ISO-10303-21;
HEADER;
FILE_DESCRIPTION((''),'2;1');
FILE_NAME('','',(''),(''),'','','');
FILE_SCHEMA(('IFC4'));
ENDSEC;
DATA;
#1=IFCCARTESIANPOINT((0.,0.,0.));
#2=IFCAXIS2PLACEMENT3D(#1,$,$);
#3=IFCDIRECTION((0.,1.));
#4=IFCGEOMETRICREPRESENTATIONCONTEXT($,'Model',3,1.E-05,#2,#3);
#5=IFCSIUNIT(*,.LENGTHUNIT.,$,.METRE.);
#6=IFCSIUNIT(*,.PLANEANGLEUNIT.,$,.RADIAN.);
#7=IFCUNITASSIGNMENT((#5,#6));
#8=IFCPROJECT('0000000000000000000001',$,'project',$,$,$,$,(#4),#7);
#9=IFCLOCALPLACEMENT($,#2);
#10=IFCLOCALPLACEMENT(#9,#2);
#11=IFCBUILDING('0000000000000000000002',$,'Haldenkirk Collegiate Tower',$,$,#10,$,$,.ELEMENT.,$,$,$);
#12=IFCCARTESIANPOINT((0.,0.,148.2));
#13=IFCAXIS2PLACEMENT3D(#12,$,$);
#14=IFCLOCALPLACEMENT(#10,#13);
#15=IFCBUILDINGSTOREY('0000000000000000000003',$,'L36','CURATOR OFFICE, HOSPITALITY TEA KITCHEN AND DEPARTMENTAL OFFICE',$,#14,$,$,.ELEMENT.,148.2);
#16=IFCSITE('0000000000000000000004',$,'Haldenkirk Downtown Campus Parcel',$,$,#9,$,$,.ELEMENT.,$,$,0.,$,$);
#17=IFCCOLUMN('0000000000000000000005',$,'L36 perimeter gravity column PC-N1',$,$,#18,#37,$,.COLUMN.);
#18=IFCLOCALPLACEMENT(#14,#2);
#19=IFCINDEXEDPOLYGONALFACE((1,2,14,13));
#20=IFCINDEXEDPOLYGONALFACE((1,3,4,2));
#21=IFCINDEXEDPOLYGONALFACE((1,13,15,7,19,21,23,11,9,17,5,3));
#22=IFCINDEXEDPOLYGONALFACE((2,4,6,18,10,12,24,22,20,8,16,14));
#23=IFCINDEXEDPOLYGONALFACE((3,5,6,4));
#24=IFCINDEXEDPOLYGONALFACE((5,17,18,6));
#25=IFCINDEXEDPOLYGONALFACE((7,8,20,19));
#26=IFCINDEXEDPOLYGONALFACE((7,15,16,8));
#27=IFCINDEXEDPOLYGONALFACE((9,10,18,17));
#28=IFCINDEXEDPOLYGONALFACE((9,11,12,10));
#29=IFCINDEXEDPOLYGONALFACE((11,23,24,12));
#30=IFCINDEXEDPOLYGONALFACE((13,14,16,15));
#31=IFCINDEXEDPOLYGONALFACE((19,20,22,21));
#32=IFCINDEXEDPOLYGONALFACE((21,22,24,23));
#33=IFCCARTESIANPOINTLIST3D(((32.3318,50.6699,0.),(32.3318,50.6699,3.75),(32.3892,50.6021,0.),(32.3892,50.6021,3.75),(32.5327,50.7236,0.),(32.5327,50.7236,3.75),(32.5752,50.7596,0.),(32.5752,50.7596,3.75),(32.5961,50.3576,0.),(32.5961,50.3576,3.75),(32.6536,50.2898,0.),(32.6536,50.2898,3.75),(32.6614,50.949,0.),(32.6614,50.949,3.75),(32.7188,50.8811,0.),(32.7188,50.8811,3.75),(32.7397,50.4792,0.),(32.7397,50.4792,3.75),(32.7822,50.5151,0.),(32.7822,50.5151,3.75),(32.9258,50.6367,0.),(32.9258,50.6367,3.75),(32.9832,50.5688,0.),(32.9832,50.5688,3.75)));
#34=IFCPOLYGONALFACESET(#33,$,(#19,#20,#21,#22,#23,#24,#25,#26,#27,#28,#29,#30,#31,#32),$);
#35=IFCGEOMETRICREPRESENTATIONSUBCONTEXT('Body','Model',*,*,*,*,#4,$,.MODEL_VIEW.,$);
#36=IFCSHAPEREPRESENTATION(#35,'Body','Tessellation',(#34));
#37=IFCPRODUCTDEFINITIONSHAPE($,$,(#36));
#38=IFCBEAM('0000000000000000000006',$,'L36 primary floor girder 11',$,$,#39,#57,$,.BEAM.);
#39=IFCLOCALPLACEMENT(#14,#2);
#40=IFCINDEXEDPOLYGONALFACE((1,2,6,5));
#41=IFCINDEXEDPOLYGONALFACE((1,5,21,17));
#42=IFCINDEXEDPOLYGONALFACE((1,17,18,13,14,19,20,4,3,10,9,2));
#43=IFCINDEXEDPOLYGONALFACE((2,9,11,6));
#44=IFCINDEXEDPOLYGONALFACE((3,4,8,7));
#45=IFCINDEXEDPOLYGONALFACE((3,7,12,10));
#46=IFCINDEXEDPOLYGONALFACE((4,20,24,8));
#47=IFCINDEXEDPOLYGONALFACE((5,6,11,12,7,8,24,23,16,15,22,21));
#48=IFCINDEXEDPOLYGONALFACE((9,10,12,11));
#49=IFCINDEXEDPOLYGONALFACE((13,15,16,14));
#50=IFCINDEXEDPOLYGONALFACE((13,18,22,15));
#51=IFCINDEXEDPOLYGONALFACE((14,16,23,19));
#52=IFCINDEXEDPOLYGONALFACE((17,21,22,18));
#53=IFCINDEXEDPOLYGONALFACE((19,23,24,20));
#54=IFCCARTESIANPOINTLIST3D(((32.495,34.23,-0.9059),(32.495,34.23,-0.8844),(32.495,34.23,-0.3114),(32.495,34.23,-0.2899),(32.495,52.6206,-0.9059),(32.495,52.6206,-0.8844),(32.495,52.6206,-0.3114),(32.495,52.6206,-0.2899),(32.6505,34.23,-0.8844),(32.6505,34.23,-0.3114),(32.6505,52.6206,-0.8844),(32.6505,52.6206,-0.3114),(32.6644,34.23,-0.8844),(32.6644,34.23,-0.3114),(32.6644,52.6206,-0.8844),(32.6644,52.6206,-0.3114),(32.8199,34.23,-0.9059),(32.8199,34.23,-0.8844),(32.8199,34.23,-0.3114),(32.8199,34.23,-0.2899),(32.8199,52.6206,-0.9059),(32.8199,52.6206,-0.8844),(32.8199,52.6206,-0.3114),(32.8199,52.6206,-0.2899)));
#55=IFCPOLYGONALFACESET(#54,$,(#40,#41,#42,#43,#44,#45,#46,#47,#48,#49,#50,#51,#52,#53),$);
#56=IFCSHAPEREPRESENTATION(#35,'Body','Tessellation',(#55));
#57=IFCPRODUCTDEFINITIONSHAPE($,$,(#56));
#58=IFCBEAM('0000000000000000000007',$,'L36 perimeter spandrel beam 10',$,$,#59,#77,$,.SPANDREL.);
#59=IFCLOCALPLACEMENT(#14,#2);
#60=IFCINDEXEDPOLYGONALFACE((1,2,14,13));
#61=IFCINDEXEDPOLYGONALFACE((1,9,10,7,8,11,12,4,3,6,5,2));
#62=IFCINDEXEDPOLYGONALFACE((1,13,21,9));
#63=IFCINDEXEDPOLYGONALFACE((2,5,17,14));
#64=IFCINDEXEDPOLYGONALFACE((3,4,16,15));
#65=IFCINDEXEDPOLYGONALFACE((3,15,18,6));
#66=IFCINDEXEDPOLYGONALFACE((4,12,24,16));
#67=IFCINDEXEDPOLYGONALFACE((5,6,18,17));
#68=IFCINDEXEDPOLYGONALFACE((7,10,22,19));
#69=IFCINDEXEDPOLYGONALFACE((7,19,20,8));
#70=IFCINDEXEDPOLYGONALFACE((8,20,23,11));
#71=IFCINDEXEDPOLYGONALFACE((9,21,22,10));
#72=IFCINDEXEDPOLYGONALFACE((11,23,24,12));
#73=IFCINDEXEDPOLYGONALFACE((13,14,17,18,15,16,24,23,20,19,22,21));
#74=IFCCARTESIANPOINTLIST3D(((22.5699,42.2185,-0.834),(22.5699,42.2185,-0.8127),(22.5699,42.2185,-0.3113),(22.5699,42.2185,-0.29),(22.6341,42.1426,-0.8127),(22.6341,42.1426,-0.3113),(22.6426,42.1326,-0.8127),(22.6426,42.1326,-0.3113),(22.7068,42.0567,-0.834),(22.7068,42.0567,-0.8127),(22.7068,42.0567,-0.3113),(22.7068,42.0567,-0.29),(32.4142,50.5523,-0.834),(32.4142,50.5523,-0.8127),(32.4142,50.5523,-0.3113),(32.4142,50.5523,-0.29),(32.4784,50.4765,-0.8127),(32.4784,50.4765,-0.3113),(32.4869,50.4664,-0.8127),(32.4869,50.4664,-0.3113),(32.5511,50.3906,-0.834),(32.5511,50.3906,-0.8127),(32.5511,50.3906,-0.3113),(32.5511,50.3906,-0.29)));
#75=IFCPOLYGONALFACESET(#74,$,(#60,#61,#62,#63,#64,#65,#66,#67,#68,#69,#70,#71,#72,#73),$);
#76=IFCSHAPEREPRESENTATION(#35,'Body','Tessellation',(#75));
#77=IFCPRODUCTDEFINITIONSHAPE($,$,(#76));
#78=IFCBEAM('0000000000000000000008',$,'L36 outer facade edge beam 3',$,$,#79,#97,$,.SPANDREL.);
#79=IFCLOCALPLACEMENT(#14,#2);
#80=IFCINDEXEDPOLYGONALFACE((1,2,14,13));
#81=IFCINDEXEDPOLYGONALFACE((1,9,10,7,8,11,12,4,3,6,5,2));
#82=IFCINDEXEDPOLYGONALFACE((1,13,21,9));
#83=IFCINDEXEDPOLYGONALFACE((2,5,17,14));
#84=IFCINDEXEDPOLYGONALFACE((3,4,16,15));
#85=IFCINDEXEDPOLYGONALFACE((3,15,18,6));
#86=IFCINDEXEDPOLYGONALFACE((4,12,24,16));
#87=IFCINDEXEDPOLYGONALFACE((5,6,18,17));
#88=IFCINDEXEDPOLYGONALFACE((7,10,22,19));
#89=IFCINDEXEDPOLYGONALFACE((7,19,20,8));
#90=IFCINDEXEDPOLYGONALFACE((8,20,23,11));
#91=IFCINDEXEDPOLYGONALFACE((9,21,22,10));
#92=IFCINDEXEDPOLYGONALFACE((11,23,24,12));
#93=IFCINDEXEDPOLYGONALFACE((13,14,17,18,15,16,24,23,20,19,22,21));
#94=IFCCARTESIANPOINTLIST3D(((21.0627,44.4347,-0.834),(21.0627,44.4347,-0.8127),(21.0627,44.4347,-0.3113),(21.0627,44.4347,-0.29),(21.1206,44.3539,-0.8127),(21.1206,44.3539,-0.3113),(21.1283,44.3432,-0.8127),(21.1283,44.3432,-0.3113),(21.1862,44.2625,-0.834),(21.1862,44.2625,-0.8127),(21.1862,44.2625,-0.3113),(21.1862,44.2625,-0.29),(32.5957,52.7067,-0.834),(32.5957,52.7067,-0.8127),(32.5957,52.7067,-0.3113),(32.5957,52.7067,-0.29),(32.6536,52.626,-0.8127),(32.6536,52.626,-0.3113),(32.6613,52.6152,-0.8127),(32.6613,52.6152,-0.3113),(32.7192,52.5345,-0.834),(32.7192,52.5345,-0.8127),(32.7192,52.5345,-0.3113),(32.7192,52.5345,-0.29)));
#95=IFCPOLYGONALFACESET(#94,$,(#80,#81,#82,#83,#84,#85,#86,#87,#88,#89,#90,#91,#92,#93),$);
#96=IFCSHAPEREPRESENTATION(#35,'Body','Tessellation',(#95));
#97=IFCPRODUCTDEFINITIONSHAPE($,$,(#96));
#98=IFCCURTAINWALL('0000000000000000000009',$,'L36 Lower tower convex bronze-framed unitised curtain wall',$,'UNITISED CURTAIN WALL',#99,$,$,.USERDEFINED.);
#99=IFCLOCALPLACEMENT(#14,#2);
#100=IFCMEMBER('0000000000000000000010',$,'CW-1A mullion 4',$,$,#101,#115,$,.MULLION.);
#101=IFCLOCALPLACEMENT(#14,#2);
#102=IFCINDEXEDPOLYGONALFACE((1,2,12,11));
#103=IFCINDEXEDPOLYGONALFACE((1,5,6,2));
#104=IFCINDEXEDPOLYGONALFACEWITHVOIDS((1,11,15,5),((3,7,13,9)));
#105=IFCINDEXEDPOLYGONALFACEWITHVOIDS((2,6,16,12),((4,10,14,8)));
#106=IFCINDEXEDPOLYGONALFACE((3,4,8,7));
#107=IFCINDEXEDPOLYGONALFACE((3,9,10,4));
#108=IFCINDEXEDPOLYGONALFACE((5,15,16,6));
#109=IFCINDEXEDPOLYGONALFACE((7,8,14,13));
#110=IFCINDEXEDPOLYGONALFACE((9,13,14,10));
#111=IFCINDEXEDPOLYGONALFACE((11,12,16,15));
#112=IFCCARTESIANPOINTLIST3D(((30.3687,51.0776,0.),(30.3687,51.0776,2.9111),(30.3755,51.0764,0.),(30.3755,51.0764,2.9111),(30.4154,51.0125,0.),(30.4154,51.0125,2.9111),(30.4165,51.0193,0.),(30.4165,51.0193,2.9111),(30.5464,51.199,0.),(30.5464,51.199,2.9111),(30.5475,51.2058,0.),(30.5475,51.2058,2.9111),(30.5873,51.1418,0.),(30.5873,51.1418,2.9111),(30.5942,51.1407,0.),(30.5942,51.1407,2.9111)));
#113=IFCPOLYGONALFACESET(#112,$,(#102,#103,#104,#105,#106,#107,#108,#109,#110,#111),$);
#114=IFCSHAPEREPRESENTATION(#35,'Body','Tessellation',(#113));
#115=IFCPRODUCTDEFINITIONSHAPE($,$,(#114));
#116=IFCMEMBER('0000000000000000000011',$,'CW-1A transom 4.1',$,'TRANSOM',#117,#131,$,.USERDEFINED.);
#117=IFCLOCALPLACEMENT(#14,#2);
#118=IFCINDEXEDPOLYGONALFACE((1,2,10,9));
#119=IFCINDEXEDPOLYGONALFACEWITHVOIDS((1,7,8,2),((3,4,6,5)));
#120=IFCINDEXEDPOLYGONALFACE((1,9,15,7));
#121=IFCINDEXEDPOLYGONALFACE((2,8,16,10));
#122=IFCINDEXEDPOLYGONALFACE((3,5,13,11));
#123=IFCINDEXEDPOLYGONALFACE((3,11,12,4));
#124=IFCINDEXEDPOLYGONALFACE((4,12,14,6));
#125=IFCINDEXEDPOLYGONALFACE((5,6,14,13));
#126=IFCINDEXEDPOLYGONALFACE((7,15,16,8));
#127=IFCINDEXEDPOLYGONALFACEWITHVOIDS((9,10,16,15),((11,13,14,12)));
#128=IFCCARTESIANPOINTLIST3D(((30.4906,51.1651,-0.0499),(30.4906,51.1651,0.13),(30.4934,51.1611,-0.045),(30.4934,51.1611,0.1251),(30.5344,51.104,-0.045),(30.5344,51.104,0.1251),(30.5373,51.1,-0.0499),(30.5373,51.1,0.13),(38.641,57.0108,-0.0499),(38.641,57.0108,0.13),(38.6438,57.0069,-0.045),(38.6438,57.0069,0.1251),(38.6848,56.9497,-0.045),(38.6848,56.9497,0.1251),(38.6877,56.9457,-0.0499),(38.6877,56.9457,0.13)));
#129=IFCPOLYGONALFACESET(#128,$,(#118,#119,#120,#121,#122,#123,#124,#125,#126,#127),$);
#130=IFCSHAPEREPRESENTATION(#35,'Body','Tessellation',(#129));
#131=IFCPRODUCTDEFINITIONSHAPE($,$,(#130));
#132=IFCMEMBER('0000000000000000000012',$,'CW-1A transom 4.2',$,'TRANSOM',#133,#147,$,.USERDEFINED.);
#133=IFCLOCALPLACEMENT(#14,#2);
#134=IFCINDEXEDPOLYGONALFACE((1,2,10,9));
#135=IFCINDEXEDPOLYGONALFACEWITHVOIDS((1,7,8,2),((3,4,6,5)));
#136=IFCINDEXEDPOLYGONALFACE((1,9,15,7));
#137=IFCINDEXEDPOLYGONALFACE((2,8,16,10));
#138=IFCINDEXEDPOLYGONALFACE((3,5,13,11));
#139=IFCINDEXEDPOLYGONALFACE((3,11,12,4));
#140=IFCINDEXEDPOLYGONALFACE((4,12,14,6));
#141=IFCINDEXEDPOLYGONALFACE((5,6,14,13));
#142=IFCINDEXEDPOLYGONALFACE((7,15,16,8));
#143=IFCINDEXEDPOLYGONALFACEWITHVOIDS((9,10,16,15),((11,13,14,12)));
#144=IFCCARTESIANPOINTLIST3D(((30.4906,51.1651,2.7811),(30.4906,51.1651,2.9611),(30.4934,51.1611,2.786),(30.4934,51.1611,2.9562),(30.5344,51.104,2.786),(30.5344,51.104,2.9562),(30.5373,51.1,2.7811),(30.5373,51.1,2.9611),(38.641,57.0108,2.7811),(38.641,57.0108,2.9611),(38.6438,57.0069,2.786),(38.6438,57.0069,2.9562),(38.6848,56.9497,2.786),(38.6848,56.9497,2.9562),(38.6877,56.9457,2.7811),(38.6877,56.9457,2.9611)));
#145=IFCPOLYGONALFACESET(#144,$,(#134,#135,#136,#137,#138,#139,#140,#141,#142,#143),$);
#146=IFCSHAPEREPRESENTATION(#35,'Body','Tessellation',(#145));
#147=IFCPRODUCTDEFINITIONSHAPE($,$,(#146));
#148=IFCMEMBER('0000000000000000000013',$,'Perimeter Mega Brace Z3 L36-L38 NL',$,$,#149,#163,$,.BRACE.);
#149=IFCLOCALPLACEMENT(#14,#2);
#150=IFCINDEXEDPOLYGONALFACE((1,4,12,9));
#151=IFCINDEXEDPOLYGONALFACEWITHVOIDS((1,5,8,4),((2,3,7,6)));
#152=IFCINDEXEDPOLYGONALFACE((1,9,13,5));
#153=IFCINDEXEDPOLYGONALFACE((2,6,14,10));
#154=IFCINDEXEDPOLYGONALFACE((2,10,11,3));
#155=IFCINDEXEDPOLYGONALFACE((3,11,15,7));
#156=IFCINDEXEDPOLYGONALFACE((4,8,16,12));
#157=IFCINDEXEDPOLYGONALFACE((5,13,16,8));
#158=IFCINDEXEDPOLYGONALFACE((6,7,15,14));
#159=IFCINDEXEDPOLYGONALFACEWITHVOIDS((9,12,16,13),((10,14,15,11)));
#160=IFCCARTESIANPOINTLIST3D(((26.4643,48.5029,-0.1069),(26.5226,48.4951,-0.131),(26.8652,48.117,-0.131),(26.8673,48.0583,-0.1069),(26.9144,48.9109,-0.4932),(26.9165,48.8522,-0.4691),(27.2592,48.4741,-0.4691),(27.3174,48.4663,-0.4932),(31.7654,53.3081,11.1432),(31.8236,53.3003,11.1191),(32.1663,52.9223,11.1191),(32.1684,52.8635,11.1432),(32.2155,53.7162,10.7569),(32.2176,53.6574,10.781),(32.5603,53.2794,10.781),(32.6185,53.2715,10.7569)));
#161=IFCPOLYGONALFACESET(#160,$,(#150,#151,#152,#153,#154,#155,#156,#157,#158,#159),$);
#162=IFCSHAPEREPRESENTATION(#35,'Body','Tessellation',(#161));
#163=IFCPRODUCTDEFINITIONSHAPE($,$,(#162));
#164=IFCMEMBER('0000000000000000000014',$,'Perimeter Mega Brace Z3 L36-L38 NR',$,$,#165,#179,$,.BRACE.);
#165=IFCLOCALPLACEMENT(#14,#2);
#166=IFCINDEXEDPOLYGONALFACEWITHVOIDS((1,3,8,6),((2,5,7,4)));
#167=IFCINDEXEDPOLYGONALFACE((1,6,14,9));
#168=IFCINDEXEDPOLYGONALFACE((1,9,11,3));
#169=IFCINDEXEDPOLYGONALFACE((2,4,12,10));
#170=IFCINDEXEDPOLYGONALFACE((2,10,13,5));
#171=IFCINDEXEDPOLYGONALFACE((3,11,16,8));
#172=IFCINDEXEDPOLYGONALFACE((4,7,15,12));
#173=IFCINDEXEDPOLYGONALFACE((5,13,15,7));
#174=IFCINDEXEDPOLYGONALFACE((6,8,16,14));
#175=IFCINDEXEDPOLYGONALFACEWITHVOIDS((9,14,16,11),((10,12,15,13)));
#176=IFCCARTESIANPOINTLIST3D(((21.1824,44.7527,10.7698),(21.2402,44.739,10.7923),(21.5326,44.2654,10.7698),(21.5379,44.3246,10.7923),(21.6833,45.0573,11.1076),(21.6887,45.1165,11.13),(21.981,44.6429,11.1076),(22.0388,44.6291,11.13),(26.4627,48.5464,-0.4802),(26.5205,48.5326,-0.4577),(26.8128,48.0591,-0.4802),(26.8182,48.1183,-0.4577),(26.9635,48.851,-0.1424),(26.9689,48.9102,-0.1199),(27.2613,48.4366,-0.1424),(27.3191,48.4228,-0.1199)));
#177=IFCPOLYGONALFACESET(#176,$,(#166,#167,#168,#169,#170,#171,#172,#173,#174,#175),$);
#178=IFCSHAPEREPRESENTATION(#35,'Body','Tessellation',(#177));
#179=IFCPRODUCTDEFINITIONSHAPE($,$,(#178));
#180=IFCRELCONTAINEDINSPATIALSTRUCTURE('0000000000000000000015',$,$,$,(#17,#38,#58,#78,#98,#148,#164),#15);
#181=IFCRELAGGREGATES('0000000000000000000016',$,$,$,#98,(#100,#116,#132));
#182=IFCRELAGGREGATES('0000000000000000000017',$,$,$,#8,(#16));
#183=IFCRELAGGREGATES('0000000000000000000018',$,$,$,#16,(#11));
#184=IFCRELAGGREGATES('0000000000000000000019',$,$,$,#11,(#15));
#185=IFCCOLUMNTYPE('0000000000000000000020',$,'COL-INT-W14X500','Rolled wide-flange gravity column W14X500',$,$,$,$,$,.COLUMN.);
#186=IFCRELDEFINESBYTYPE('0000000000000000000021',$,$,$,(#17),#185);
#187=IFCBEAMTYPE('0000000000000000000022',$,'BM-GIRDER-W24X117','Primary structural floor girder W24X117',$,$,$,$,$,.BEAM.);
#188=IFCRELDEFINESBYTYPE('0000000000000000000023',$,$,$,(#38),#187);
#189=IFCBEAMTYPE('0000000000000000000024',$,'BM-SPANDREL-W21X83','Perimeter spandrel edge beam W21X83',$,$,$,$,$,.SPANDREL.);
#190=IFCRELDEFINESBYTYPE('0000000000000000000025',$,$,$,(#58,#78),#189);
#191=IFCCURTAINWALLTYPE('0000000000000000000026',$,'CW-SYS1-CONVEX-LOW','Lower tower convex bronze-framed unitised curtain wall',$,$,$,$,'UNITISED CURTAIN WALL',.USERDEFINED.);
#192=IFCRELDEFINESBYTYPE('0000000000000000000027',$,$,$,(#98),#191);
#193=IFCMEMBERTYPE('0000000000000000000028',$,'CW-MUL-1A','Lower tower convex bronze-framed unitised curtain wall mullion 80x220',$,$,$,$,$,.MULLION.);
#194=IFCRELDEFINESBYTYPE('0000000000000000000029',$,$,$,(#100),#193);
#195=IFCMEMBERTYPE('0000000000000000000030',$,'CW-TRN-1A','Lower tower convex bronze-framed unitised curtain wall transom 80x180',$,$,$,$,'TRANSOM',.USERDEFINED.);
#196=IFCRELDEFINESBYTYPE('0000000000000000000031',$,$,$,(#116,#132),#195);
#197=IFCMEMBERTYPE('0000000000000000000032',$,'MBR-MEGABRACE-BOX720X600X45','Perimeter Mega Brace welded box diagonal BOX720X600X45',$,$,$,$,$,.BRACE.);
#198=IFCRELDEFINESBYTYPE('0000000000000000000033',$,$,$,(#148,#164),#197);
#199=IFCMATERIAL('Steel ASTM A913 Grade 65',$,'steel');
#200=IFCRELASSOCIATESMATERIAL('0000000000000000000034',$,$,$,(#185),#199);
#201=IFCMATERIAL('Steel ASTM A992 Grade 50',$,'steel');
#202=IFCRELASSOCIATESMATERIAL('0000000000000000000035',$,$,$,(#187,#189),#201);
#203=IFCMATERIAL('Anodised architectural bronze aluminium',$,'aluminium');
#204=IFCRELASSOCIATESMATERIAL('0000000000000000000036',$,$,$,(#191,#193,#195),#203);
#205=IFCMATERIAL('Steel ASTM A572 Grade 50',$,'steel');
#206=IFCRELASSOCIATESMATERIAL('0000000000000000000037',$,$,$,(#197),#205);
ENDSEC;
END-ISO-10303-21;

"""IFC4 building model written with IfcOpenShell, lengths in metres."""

from ifc_helpers import new_model, si_unit, direction, frame, origin, origin_2d, place, context, subcontext, project, spatial, hollow_rectangle, i_section, extrude, material, material_profile, profile_set, type_object, element, aggregate, save


model = new_model("IFC4")

# Units and contexts
model_context = context("Model", 3, precision=1e-05, world=origin(), true_north=direction((0.0, 1.0)))
body_context = subcontext(model_context, "Body", "Model", "MODEL_VIEW")
ifc_project = project(units=[si_unit("LENGTHUNIT", "METRE"), si_unit("PLANEANGLEUNIT", "RADIAN")], contexts=[model_context])

# Site, building, storey
site_placement = place(None, origin())
site = spatial("IfcSite", under=ifc_project, at=site_placement, Name="Haldenkirk Downtown Campus Parcel", CompositionType="ELEMENT", RefElevation=0.0)
building_placement = place(site_placement, origin())
building = spatial("IfcBuilding", under=site, at=building_placement, Name="Haldenkirk Collegiate Tower", CompositionType="ELEMENT")
storey_placement = place(building_placement, frame((0.0, 0.0, 148.2)))
storey = spatial("IfcBuildingStorey", under=building, at=storey_placement, Name="L36", Description="CURATOR OFFICE, HOSPITALITY TEA KITCHEN AND DEPARTMENTAL OFFICE", CompositionType="ELEMENT", Elevation=148.2)

# Column
ifc_material_1 = material(Name="Steel ASTM A913 Grade 65", Category="steel")
ifc_material_profile_1 = material_profile(ifc_material_1, i_section(OverallWidth=0.4319, OverallDepth=0.498, WebThickness=0.0557, FlangeThickness=0.0889, at=origin_2d()), Name="W14X500")
ifc_profile_set_1 = profile_set([ifc_material_profile_1], Name="Steel ASTM A913 Grade 65")
column_type = type_object("IfcColumnType", Name="COL-INT-W14X500", Description="Rolled wide-flange gravity column W14X500", PredefinedType="COLUMN", material=ifc_profile_set_1)
column_placement = place(storey_placement, frame((32.6575, 50.6194, 0.0), z_axis=(0.0, 0.0, 1.0), x_axis=(0.763232, 0.646124, 0.0)))
element("IfcColumn", 1, at=column_placement, inside=storey, type_object=column_type, Name="L36 perimeter gravity column PC-N1", PredefinedType="COLUMN", context=body_context, shape_type="SweptSolid", body=[
    extrude(i_section(OverallWidth=0.4319, OverallDepth=0.498, WebThickness=0.0557, FlangeThickness=0.0889, at=origin_2d()), origin(), (0.0, 0.0, 1.0), 3.75),
])

# Beams
ifc_material_2 = material(Name="Steel ASTM A992 Grade 50", Category="steel")
ifc_material_profile_2 = material_profile(ifc_material_2, i_section(OverallWidth=0.325, OverallDepth=0.616, WebThickness=0.0139, FlangeThickness=0.0215, at=origin_2d()), Name="W24X117")
ifc_profile_set_2 = profile_set([ifc_material_profile_2], Name="Steel ASTM A992 Grade 50")
beam_type_1 = type_object("IfcBeamType", Name="BM-GIRDER-W24X117", Description="Primary structural floor girder W24X117", PredefinedType="BEAM", material=ifc_profile_set_2)
beam_1_placement = place(storey_placement, frame((32.6575, 52.6206, -0.5979), z_axis=(0.0, -1.0, 0.0), x_axis=(1.0, 0.0, 0.0)))
element("IfcBeam", 2, at=beam_1_placement, inside=storey, type_object=beam_type_1, Name="L36 primary floor girder 11", PredefinedType="BEAM", context=body_context, shape_type="SweptSolid", body=[
    extrude(i_section(OverallWidth=0.325, OverallDepth=0.616, WebThickness=0.0139, FlangeThickness=0.0215, at=origin_2d()), origin(), (0.0, 0.0, 1.0), 18.3906),
])
ifc_material_profile_3 = material_profile(ifc_material_2, i_section(OverallWidth=0.2119, OverallDepth=0.5439, WebThickness=0.0132, FlangeThickness=0.0212, at=origin_2d()), Name="W21X83")
ifc_profile_set_3 = profile_set([ifc_material_profile_3], Name="Steel ASTM A992 Grade 50")
beam_type_2 = type_object("IfcBeamType", Name="BM-SPANDREL-W21X83", Description="Perimeter spandrel edge beam W21X83", PredefinedType="SPANDREL", material=ifc_profile_set_3)
beam_2_placement = place(storey_placement, frame((32.4827, 50.4714, -0.562), z_axis=(-0.763233, -0.646123, 0.0), x_axis=(0.646123, -0.763233, 0.0)))
element("IfcBeam", 3, at=beam_2_placement, inside=storey, type_object=beam_type_2, Name="L36 perimeter spandrel beam 10", PredefinedType="SPANDREL", context=body_context, shape_type="SweptSolid", body=[
    extrude(i_section(OverallWidth=0.2119, OverallDepth=0.5439, WebThickness=0.0132, FlangeThickness=0.0212, at=origin_2d()), origin(), (0.0, 0.0, 1.0), 12.8982),
])
beam_3_placement = place(storey_placement, frame((32.6575, 52.6206, -0.562), z_axis=(-0.812594, -0.58283, 0.0), x_axis=(0.58283, -0.812594, 0.0)))
element("IfcBeam", 4, at=beam_3_placement, inside=storey, type_object=beam_type_2, Name="L36 outer facade edge beam 3", PredefinedType="SPANDREL", context=body_context, shape_type="SweptSolid", body=[
    extrude(i_section(OverallWidth=0.2119, OverallDepth=0.5439, WebThickness=0.0132, FlangeThickness=0.0212, at=origin_2d()), origin(), (0.0, 0.0, 1.0), 14.1929),
])

# Curtain wall, members
ifc_material_3 = material(Name="Anodised architectural bronze aluminium", Category="aluminium")
curtain_wall_type = type_object("IfcCurtainWallType", Name="CW-SYS1-CONVEX-LOW", Description="Lower tower convex bronze-framed unitised curtain wall", ElementType="UNITISED CURTAIN WALL", PredefinedType="USERDEFINED", material=ifc_material_3)
curtain_wall_placement = place(storey_placement, origin())
curtain_wall = element("IfcCurtainWall", 5, at=curtain_wall_placement, inside=storey, type_object=curtain_wall_type, Name="L36 Lower tower convex bronze-framed unitised curtain wall", ObjectType="UNITISED CURTAIN WALL", PredefinedType="USERDEFINED")
ifc_material_profile_4 = material_profile(ifc_material_3, hollow_rectangle(XDim=0.0801, YDim=0.22, WallThickness=0.0049, at=origin_2d()), Name="CW-MUL-1A")
ifc_profile_set_4 = profile_set([ifc_material_profile_4], Name="Anodised architectural bronze aluminium")
member_type_1 = type_object("IfcMemberType", Name="CW-MUL-1A", Description="Lower tower convex bronze-framed unitised curtain wall mullion 80x220", PredefinedType="MULLION", material=ifc_profile_set_4)
member_1_placement = place(storey_placement, frame((30.4814, 51.1091, 0.0), z_axis=(0.0, 0.0, 1.0), x_axis=(-0.582831, 0.812594, 0.0)))
member_1 = element("IfcMember", 6, at=member_1_placement, type_object=member_type_1, Name="CW-1A mullion 4", PredefinedType="MULLION", context=body_context, shape_type="SweptSolid", body=[
    extrude(hollow_rectangle(XDim=0.0801, YDim=0.22, WallThickness=0.0049, at=origin_2d()), origin(), (0.0, 0.0, 1.0), 2.9111),
])
ifc_material_profile_5 = material_profile(ifc_material_3, hollow_rectangle(XDim=0.0801, YDim=0.1799, WallThickness=0.0049, at=origin_2d()), Name="CW-TRN-1A")
ifc_profile_set_5 = profile_set([ifc_material_profile_5], Name="Anodised architectural bronze aluminium")
member_type_2 = type_object("IfcMemberType", Name="CW-TRN-1A", Description="Lower tower convex bronze-framed unitised curtain wall transom 80x180", ElementType="TRANSOM", PredefinedType="USERDEFINED", material=ifc_profile_set_5)
member_2_placement = place(storey_placement, frame((30.5139, 51.1326, 0.04), z_axis=(0.8126, 0.582821, 0.0), x_axis=(-0.582821, 0.8126, 0.0)))
member_2 = element("IfcMember", 7, at=member_2_placement, type_object=member_type_2, Name="CW-1A transom 4.1", ObjectType="TRANSOM", PredefinedType="USERDEFINED", context=body_context, shape_type="SweptSolid", body=[
    extrude(hollow_rectangle(XDim=0.0801, YDim=0.1799, WallThickness=0.0049, at=origin_2d()), origin(), (0.0, 0.0, 1.0), 10.03),
])
member_3_placement = place(storey_placement, frame((30.5139, 51.1326, 2.8711), z_axis=(0.8126, 0.582821, 0.0), x_axis=(-0.582821, 0.8126, 0.0)))
member_3 = element("IfcMember", 8, at=member_3_placement, type_object=member_type_2, Name="CW-1A transom 4.2", ObjectType="TRANSOM", PredefinedType="USERDEFINED", context=body_context, shape_type="SweptSolid", body=[
    extrude(hollow_rectangle(XDim=0.0801, YDim=0.1799, WallThickness=0.0049, at=origin_2d()), origin(), (0.0, 0.0, 1.0), 10.03),
])

# Members
ifc_material_4 = material(Name="Steel ASTM A572 Grade 50", Category="steel")
ifc_material_profile_6 = material_profile(ifc_material_4, hollow_rectangle(XDim=0.6001, YDim=0.72, WallThickness=0.0449, at=origin_2d()), Name="BOX720X600X45")
ifc_profile_set_6 = profile_set([ifc_material_profile_6], Name="Steel ASTM A572 Grade 50")
member_type_3 = type_object("IfcMemberType", Name="MBR-MEGABRACE-BOX720X600X45", Description="Perimeter Mega Brace welded box diagonal BOX720X600X45", PredefinedType="BRACE", material=ifc_profile_set_6)
member_4_placement = place(storey_placement, frame((26.8909, 48.4846, -0.3), z_axis=(0.397605, 0.360413, 0.843809), x_axis=(-0.671605, 0.740909, 0.0)))
element("IfcMember", 9, at=member_4_placement, inside=storey, type_object=member_type_3, Name="Perimeter Mega Brace Z3 L36-L38 NL", PredefinedType="BRACE", context=body_context, shape_type="SweptSolid", body=[
    extrude(hollow_rectangle(XDim=0.6001, YDim=0.72, WallThickness=0.0449, at=origin_2d()), origin(), (0.0, 0.0, 1.0), 13.3325),
])
member_5_placement = place(storey_placement, frame((26.8909, 48.4846, -0.3), z_axis=(-0.406372, -0.291965, 0.865805), x_axis=(0.583484, -0.812124, 0.0)))
element("IfcMember", 10, at=member_5_placement, inside=storey, type_object=member_type_3, Name="Perimeter Mega Brace Z3 L36-L38 NR", PredefinedType="BRACE", context=body_context, shape_type="SweptSolid", body=[
    extrude(hollow_rectangle(XDim=0.6001, YDim=0.72, WallThickness=0.0449, at=origin_2d()), origin(), (0.0, 0.0, 1.0), 12.9937),
])

aggregate(curtain_wall, [member_1, member_2, member_3])

save(model, "model.ifc")
